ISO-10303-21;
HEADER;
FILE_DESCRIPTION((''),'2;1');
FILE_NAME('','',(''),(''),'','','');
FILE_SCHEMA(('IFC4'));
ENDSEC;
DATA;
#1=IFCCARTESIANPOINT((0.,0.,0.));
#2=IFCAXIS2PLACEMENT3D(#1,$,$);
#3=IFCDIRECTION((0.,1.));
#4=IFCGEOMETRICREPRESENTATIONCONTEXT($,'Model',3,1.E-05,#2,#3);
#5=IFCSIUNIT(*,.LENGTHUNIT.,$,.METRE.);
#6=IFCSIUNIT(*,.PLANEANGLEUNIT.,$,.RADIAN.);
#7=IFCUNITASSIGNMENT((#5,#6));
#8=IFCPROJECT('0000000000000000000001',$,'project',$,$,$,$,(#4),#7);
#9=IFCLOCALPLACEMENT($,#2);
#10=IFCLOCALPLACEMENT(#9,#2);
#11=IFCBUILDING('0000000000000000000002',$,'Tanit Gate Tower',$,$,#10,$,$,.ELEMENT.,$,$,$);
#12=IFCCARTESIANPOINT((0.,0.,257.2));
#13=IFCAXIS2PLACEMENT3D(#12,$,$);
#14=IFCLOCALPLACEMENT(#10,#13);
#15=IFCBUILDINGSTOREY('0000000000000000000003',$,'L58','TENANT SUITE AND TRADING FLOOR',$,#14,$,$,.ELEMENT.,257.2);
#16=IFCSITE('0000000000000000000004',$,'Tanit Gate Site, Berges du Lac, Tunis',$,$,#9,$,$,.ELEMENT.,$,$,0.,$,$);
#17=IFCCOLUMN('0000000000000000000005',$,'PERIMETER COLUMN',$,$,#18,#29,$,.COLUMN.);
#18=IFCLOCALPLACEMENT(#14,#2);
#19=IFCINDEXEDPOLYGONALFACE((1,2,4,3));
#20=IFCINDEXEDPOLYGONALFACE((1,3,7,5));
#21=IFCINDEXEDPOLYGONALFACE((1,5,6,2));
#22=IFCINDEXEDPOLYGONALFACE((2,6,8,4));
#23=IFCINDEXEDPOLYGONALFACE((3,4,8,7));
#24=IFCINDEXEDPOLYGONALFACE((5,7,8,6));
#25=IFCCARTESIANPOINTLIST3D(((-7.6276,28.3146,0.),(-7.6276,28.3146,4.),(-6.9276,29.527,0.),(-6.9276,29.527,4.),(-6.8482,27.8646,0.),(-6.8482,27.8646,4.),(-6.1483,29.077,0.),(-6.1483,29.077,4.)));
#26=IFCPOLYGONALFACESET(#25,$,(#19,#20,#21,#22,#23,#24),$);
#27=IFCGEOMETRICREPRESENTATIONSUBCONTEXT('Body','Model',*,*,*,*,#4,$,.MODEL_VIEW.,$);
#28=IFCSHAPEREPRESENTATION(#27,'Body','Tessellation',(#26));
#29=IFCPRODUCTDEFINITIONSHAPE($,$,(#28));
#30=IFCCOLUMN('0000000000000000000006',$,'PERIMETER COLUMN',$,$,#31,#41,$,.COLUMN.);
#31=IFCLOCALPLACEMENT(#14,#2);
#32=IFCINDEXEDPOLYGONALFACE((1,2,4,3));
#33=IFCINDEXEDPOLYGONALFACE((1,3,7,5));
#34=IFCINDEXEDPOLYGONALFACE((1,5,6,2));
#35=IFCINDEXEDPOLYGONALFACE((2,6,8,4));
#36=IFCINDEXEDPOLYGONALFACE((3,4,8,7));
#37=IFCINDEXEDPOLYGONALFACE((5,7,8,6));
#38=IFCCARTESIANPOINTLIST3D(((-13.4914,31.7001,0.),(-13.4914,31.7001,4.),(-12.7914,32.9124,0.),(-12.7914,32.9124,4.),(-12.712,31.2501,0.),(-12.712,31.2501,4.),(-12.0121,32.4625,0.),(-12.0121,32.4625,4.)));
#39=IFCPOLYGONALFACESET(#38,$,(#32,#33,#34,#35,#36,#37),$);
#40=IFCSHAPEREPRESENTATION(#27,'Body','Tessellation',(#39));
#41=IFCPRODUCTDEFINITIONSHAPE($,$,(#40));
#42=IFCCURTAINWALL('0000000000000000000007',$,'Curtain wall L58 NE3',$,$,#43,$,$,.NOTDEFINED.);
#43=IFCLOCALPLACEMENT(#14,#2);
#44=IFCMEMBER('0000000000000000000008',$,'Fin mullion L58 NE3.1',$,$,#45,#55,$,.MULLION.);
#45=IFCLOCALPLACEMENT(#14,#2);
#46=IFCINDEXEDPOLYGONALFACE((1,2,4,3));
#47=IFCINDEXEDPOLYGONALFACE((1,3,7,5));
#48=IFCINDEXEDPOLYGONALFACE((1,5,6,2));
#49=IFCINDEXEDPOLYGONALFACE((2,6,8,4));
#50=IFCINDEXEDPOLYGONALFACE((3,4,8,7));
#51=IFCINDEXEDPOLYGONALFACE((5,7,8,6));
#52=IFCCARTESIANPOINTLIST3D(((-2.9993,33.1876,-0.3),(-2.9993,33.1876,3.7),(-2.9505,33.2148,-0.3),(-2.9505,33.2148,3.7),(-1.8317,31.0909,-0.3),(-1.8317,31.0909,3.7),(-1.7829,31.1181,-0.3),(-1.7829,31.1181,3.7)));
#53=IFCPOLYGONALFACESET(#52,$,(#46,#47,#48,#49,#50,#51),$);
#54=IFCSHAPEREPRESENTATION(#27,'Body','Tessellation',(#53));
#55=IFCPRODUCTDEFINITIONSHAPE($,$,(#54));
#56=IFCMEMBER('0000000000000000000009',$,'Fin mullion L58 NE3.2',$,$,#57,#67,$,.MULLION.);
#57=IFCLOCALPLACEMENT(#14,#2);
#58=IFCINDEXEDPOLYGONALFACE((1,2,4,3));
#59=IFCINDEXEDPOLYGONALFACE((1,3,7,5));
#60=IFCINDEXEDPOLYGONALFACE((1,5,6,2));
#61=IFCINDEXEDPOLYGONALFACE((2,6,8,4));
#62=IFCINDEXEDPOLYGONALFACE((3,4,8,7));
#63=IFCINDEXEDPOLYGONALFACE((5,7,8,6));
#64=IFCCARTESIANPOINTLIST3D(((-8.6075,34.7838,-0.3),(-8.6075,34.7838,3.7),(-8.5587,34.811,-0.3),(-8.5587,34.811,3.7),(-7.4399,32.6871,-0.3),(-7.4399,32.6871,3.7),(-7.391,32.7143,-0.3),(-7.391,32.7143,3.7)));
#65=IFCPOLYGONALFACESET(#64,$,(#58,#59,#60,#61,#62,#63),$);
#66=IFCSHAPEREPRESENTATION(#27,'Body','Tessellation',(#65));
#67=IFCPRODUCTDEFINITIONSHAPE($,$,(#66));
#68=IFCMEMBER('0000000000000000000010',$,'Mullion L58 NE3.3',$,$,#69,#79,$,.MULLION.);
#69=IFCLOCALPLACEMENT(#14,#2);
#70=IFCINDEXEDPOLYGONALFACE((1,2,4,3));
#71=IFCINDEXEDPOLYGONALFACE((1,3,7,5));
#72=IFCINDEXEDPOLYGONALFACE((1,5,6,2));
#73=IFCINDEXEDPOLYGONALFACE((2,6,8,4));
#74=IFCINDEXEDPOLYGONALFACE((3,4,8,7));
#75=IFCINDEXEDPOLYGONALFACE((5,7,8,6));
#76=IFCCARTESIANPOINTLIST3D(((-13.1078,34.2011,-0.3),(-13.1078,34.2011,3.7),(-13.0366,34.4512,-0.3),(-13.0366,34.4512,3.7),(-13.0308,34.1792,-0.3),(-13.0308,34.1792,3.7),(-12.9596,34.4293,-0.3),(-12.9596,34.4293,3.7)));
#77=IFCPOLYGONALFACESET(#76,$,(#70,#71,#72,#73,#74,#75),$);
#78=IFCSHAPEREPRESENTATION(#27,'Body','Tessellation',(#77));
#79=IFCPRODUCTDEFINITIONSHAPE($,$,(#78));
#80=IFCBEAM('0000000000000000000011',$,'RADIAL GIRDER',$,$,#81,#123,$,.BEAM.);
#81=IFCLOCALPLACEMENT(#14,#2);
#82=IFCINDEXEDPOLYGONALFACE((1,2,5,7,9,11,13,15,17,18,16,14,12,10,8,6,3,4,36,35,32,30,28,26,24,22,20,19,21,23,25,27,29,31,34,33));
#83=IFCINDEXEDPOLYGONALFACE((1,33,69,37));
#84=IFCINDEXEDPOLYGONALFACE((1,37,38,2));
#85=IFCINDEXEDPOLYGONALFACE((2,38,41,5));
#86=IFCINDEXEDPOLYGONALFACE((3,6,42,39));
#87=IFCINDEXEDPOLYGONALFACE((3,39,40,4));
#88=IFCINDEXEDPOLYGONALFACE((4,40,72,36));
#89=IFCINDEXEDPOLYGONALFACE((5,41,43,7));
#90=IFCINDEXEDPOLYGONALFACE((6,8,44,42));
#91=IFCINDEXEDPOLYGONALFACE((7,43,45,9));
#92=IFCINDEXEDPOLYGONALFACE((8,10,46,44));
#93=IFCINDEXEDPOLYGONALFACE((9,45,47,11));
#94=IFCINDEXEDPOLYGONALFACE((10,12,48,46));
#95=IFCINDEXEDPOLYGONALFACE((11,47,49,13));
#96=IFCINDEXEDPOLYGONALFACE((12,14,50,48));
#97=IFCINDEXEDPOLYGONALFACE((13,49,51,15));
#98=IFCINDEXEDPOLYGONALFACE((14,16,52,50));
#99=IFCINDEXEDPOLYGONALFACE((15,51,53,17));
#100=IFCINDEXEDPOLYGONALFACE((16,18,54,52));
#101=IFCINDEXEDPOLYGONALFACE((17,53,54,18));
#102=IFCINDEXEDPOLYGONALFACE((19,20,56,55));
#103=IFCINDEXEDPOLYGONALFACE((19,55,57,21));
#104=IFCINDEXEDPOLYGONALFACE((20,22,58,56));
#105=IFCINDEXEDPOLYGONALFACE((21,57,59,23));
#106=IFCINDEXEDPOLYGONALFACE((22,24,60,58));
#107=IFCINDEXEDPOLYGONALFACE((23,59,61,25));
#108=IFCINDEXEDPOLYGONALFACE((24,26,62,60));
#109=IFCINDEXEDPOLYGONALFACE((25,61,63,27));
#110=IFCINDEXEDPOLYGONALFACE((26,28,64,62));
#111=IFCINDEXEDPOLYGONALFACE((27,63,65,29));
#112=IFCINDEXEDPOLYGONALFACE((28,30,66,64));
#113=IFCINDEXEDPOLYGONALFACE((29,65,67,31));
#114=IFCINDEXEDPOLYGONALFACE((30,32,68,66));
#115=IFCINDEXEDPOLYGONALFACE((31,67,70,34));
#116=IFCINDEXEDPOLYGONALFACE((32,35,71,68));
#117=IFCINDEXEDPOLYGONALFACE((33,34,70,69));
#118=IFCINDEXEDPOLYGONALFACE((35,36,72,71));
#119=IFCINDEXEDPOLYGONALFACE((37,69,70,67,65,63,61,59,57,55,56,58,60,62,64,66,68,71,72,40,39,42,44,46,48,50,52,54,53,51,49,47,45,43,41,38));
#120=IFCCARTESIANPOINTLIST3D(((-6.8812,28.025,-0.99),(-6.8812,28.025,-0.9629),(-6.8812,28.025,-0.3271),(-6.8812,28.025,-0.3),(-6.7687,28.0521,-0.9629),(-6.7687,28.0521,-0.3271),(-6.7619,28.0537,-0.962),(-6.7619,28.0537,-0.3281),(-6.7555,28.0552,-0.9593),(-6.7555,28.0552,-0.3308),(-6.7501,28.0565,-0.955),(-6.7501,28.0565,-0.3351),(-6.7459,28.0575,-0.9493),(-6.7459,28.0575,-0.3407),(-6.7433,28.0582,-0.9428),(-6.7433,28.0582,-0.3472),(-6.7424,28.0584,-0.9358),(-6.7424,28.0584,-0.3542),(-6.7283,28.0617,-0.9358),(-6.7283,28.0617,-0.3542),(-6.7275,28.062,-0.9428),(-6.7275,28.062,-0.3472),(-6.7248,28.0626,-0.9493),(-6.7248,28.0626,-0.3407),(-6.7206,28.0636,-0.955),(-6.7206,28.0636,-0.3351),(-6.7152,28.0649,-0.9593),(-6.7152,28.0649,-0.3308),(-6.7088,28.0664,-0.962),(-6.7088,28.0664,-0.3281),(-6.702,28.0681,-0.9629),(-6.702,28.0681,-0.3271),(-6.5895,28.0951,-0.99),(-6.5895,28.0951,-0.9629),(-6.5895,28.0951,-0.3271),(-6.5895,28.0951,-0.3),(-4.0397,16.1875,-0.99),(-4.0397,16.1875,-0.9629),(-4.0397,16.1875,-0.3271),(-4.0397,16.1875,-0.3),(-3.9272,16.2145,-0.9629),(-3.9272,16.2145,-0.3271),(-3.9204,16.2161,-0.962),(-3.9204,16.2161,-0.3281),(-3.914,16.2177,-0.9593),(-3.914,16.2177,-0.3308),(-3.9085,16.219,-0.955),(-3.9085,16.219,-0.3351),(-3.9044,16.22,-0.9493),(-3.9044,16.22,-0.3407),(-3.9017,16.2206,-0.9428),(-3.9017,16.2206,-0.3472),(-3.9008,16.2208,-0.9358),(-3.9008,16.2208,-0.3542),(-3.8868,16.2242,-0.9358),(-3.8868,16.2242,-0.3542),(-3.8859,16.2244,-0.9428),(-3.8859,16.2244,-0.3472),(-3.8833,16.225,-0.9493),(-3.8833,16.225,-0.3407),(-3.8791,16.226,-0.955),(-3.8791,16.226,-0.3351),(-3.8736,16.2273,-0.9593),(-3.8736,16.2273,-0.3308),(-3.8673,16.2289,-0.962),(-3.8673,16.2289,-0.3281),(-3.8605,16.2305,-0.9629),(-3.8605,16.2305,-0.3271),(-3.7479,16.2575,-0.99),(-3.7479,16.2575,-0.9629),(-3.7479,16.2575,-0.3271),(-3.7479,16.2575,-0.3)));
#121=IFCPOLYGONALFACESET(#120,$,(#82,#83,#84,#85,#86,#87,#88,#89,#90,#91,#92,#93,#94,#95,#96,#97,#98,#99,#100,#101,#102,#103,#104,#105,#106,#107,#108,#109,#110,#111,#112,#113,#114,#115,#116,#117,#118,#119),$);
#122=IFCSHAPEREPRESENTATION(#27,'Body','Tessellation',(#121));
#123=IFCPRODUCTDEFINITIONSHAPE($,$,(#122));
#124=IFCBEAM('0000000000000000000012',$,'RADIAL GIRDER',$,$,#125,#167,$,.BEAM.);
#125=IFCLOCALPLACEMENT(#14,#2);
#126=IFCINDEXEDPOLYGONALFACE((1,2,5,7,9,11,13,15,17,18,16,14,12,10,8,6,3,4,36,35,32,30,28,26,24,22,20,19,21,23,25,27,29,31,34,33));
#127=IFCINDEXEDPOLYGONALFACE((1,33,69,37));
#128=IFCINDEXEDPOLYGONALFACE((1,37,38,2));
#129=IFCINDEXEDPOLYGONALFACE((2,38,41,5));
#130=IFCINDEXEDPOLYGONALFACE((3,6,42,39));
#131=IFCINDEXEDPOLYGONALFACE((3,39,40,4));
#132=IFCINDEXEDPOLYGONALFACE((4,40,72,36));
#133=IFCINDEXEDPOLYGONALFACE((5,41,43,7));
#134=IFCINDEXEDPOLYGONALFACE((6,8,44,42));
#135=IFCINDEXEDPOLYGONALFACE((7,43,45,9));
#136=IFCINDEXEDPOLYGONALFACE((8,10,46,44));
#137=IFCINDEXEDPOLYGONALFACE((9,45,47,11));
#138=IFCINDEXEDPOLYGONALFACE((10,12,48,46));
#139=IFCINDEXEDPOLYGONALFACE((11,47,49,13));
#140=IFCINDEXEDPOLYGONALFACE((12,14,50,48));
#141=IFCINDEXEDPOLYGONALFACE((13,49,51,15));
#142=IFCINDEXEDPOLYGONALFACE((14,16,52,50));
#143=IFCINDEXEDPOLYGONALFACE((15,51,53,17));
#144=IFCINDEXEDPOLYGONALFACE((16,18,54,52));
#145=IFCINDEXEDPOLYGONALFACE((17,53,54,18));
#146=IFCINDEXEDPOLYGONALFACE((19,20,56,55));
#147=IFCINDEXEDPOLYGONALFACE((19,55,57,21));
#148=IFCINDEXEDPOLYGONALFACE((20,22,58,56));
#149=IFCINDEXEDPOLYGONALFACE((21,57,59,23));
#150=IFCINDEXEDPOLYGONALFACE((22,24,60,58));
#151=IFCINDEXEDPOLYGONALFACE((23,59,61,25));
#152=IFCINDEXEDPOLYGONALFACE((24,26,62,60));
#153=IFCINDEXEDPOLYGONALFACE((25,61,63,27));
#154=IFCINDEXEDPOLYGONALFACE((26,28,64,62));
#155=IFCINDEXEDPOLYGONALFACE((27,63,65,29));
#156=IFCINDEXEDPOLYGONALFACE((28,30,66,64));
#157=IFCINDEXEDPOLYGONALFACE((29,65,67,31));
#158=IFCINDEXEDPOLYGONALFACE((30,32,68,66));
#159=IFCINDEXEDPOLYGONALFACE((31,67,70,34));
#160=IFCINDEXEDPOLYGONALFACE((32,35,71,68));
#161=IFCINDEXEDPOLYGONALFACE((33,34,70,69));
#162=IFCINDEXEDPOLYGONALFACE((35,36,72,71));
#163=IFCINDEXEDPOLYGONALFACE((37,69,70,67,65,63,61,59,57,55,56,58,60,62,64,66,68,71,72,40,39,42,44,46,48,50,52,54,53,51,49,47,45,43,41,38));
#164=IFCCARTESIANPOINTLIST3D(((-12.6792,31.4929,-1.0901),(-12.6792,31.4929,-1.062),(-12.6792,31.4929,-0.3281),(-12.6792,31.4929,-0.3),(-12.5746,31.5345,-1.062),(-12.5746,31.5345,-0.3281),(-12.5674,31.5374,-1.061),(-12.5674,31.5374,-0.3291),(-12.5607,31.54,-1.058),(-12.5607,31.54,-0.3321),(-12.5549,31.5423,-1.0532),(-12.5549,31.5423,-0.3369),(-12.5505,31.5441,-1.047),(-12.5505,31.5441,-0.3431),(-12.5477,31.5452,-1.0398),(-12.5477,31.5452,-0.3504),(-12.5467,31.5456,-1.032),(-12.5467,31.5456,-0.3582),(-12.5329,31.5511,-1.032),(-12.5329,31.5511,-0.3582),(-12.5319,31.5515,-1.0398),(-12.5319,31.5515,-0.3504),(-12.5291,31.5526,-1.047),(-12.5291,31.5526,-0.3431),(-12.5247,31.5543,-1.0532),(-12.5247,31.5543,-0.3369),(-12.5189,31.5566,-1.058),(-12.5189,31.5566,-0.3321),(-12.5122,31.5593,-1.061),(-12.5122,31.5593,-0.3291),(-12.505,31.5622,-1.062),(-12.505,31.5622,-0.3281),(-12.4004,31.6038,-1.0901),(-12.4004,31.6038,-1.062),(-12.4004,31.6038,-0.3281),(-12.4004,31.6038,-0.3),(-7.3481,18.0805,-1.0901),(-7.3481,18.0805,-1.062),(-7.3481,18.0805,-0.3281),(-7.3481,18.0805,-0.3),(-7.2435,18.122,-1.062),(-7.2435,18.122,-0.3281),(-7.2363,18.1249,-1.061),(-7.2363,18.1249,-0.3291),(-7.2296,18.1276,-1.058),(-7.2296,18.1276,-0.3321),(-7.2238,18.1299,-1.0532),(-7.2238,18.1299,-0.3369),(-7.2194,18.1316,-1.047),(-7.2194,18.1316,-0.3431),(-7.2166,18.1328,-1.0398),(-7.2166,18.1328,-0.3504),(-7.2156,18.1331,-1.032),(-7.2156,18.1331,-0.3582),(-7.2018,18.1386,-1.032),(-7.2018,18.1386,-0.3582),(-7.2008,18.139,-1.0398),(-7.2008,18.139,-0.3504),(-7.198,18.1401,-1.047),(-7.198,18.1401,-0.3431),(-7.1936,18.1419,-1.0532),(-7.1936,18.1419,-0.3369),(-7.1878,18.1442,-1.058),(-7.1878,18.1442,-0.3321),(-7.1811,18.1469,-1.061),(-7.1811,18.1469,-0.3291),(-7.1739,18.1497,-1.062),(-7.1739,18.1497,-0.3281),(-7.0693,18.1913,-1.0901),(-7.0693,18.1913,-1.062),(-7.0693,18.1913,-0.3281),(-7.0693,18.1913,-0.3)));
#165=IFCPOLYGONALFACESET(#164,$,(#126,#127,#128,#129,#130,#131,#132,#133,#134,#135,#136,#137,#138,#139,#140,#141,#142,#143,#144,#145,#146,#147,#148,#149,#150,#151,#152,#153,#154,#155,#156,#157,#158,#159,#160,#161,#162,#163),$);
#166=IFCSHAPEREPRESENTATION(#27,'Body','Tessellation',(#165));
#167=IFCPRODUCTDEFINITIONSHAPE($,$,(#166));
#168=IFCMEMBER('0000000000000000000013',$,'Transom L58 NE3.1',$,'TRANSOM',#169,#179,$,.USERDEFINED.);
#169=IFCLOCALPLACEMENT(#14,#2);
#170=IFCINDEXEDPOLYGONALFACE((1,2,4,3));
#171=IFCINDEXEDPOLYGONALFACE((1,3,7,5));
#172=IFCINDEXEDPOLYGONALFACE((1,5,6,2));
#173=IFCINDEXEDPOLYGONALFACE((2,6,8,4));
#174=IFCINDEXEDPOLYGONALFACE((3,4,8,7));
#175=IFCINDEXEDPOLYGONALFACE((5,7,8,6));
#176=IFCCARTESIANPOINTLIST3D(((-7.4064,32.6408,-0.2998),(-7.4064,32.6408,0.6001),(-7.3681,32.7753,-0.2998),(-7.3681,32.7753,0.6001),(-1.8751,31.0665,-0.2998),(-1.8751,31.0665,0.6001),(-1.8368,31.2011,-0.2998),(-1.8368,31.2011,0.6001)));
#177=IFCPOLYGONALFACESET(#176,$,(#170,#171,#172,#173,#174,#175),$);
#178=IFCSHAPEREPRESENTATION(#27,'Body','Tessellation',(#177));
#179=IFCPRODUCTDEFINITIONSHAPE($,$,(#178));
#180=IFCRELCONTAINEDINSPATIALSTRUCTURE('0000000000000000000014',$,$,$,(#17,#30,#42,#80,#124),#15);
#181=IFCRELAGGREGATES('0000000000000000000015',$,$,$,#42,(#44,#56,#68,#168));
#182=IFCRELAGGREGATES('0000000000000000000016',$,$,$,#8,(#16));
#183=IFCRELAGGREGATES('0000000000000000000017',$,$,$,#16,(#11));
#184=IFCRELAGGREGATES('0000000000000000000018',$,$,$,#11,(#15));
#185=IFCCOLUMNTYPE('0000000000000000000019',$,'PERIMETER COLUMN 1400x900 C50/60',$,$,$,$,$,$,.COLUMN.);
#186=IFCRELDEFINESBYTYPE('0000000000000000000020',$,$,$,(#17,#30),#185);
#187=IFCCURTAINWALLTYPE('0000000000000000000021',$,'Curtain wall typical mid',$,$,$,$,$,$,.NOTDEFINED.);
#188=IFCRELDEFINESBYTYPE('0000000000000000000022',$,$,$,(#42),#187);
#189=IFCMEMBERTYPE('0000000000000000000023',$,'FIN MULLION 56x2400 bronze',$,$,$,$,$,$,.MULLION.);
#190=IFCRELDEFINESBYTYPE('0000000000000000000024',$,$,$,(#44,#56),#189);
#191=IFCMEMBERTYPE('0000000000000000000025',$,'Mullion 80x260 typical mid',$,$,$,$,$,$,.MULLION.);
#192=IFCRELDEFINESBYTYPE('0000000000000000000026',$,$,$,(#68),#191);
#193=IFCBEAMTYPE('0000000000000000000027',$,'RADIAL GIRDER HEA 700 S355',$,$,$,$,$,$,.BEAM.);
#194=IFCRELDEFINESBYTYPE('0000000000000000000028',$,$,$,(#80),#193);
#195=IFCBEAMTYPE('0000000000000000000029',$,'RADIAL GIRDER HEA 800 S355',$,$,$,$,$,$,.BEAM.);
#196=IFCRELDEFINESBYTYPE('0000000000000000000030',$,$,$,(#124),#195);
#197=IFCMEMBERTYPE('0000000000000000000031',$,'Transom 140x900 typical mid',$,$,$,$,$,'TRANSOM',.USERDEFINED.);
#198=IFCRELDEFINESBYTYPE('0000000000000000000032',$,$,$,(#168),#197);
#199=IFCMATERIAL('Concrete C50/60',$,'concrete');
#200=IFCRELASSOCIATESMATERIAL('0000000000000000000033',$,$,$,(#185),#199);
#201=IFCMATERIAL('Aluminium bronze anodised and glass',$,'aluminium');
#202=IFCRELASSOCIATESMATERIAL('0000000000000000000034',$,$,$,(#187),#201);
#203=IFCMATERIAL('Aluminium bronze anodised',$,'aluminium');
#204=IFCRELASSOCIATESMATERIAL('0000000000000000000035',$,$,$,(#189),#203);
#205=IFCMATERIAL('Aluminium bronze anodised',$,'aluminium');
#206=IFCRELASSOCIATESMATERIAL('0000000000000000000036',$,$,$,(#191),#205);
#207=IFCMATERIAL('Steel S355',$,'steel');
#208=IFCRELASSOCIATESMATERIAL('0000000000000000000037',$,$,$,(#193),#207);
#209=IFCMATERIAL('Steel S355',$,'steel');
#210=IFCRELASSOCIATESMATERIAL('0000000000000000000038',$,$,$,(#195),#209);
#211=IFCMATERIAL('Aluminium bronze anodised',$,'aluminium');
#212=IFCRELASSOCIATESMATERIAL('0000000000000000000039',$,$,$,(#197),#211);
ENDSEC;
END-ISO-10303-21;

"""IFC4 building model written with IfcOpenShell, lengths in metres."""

from ifc_helpers import new_model, si_unit, direction, frame, origin, origin_2d, place, context, subcontext, project, spatial, rectangle, i_section, extrude, material, material_profile, profile_set, type_object, element, aggregate, save


model = new_model("IFC4")

# Units and contexts
model_context = context("Model", 3, precision=1e-05, world=origin(), true_north=direction((0.0, 1.0)))
body_context = subcontext(model_context, "Body", "Model", "MODEL_VIEW")
ifc_project = project(units=[si_unit("LENGTHUNIT", "METRE"), si_unit("PLANEANGLEUNIT", "RADIAN")], contexts=[model_context])

# Site, building, storey
site_placement = place(None, origin())
site = spatial("IfcSite", under=ifc_project, at=site_placement, Name="Tanit Gate Site, Berges du Lac, Tunis", CompositionType="ELEMENT", RefElevation=0.0)
building_placement = place(site_placement, origin())
building = spatial("IfcBuilding", under=site, at=building_placement, Name="Tanit Gate Tower", CompositionType="ELEMENT")
storey_placement = place(building_placement, frame((0.0, 0.0, 257.2)))
storey = spatial("IfcBuildingStorey", under=building, at=storey_placement, Name="L58", Description="TENANT SUITE AND TRADING FLOOR", CompositionType="ELEMENT", Elevation=257.2)

# Columns
ifc_material_1 = material(Name="Concrete C50/60", Category="concrete")
ifc_material_profile_1 = material_profile(ifc_material_1, rectangle(XDim=1.3999, YDim=0.8999, at=origin_2d()), Name="RC 1400x900")
ifc_profile_set_1 = profile_set([ifc_material_profile_1], Name="Concrete C50/60")
column_type = type_object("IfcColumnType", Name="PERIMETER COLUMN 1400x900 C50/60", PredefinedType="COLUMN", material=ifc_profile_set_1)
for number, where, z_axis, x_axis, name in (
    (1, (-6.8879, 28.6958, 0.0), (0.0, 0.0, 1.0), (0.5, 0.866025, 0.0), "PERIMETER COLUMN"),
    (2, (-12.7517, 32.0813, 0.0), (0.0, 0.0, 1.0), (0.5, 0.866025, 0.0), "PERIMETER COLUMN"),
):
    element("IfcColumn", number, at=place(storey_placement, frame(where, z_axis=z_axis, x_axis=x_axis)), inside=storey, type_object=column_type, Name=name, PredefinedType="COLUMN", context=body_context, shape_type="SweptSolid", body=[
        extrude(rectangle(XDim=1.3999, YDim=0.8999, at=origin_2d()), origin(), (0.0, 0.0, 1.0), 4.0),
    ])

# Curtain wall, members
ifc_material_2 = material(Name="Aluminium bronze anodised and glass", Category="aluminium")
curtain_wall_type = type_object("IfcCurtainWallType", Name="Curtain wall typical mid", PredefinedType="NOTDEFINED", material=ifc_material_2)
curtain_wall_placement = place(storey_placement, origin())
curtain_wall = element("IfcCurtainWall", 3, at=curtain_wall_placement, inside=storey, type_object=curtain_wall_type, Name="Curtain wall L58 NE3", PredefinedType="NOTDEFINED")
ifc_material_3 = material(Name="Aluminium bronze anodised", Category="aluminium")
ifc_material_profile_2 = material_profile(ifc_material_3, rectangle(XDim=2.3999, YDim=0.0559, at=origin_2d()), Name="56x2400 bronze fin mullion")
ifc_profile_set_2 = profile_set([ifc_material_profile_2], Name="Aluminium bronze anodised")
member_type_1 = type_object("IfcMemberType", Name="FIN MULLION 56x2400 bronze", PredefinedType="MULLION", material=ifc_profile_set_2)
member_1_placement = place(storey_placement, frame((-2.3911, 32.1528, -0.3), z_axis=(0.0, 0.0, 1.0), x_axis=(0.486531, -0.873663, 0.0)))
member_1 = element("IfcMember", 4, at=member_1_placement, type_object=member_type_1, Name="Fin mullion L58 NE3.1", PredefinedType="MULLION", context=body_context, shape_type="SweptSolid", body=[
    extrude(rectangle(XDim=2.3999, YDim=0.0559, at=origin_2d()), origin(), (0.0, 0.0, 1.0), 4.0),
])
member_2_placement = place(storey_placement, frame((-7.9993, 33.749, -0.3), z_axis=(0.0, 0.0, 1.0), x_axis=(0.486531, -0.873663, 0.0)))
member_2 = element("IfcMember", 5, at=member_2_placement, type_object=member_type_1, Name="Fin mullion L58 NE3.2", PredefinedType="MULLION", context=body_context, shape_type="SweptSolid", body=[
    extrude(rectangle(XDim=2.3999, YDim=0.0559, at=origin_2d()), origin(), (0.0, 0.0, 1.0), 4.0),
])
ifc_material_4 = material(Name="Aluminium bronze anodised", Category="aluminium")
ifc_material_profile_3 = material_profile(ifc_material_4, rectangle(XDim=0.26, YDim=0.0801, at=origin_2d()), Name="80x260 bronze mullion")
ifc_profile_set_3 = profile_set([ifc_material_profile_3], Name="Aluminium bronze anodised")
member_type_2 = type_object("IfcMemberType", Name="Mullion 80x260 typical mid", PredefinedType="MULLION", material=ifc_profile_set_3)
member_3_placement = place(storey_placement, frame((-13.0337, 34.3152, -0.3), z_axis=(0.0, 0.0, 1.0), x_axis=(-0.273744, -0.961803, 0.0)))
member_3 = element("IfcMember", 6, at=member_3_placement, type_object=member_type_2, Name="Mullion L58 NE3.3", PredefinedType="MULLION", context=body_context, shape_type="SweptSolid", body=[
    extrude(rectangle(XDim=0.26, YDim=0.0801, at=origin_2d()), origin(), (0.0, 0.0, 1.0), 4.0),
])

# Beams
ifc_material_5 = material(Name="Steel S355", Category="steel")
ifc_material_profile_4 = material_profile(ifc_material_5, i_section(OverallWidth=0.3, OverallDepth=0.6899, WebThickness=0.0144, FlangeThickness=0.0271, FilletRadius=0.0271, at=origin_2d()), Name="HEA 700")
ifc_profile_set_4 = profile_set([ifc_material_profile_4], Name="Steel S355")
beam_type_1 = type_object("IfcBeamType", Name="RADIAL GIRDER HEA 700 S355", PredefinedType="BEAM", material=ifc_profile_set_4)
beam_1_placement = place(storey_placement, frame((-6.7354, 28.0601, -0.645), z_axis=(0.233413, -0.972378, 0.0), x_axis=(0.972378, 0.233413, 0.0)))
element("IfcBeam", 7, at=beam_1_placement, inside=storey, type_object=beam_type_1, Name="RADIAL GIRDER", PredefinedType="BEAM", context=body_context, shape_type="SweptSolid", body=[
    extrude(i_section(OverallWidth=0.3, OverallDepth=0.6899, WebThickness=0.0144, FlangeThickness=0.0271, FilletRadius=0.0271, at=origin_2d()), origin(), (0.0, 0.0, 1.0), 12.1738),
])
ifc_material_6 = material(Name="Steel S355", Category="steel")
ifc_material_profile_5 = material_profile(ifc_material_6, i_section(OverallWidth=0.3, OverallDepth=0.79, WebThickness=0.0149, FlangeThickness=0.0281, FilletRadius=0.03, at=origin_2d()), Name="HEA 800")
ifc_profile_set_5 = profile_set([ifc_material_profile_5], Name="Steel S355")
beam_type_2 = type_object("IfcBeamType", Name="RADIAL GIRDER HEA 800 S355", PredefinedType="BEAM", material=ifc_profile_set_5)
beam_2_placement = place(storey_placement, frame((-12.5398, 31.5483, -0.6951), z_axis=(0.369366, -0.929284, 0.0), x_axis=(0.929284, 0.369366, 0.0)))
element("IfcBeam", 8, at=beam_2_placement, inside=storey, type_object=beam_type_2, Name="RADIAL GIRDER", PredefinedType="BEAM", context=body_context, shape_type="SweptSolid", body=[
    extrude(i_section(OverallWidth=0.3, OverallDepth=0.79, WebThickness=0.0149, FlangeThickness=0.0281, FilletRadius=0.03, at=origin_2d()), origin(), (0.0, 0.0, 1.0), 14.4331),
])

# Member
ifc_material_7 = material(Name="Aluminium bronze anodised", Category="aluminium")
ifc_material_profile_6 = material_profile(ifc_material_7, rectangle(XDim=0.1399, YDim=0.8999, at=origin_2d()), Name="140x900 bronze transom")
ifc_profile_set_6 = profile_set([ifc_material_profile_6], Name="Aluminium bronze anodised")
member_type_3 = type_object("IfcMemberType", Name="Transom 140x900 typical mid", ElementType="TRANSOM", PredefinedType="USERDEFINED", material=ifc_profile_set_6)
member_4_placement = place(storey_placement, frame((-1.856, 31.1338, 0.1501), z_axis=(-0.961805, 0.273734, 0.0), x_axis=(-0.273734, -0.961805, 0.0)))
member_4 = element("IfcMember", 9, at=member_4_placement, type_object=member_type_3, Name="Transom L58 NE3.1", ObjectType="TRANSOM", PredefinedType="USERDEFINED", context=body_context, shape_type="SweptSolid", body=[
    extrude(rectangle(XDim=0.1399, YDim=0.8999, at=origin_2d()), origin(), (0.0, 0.0, 1.0), 5.751),
])

aggregate(curtain_wall, [member_1, member_2, member_3, member_4])

save(model, "model.ifc")
